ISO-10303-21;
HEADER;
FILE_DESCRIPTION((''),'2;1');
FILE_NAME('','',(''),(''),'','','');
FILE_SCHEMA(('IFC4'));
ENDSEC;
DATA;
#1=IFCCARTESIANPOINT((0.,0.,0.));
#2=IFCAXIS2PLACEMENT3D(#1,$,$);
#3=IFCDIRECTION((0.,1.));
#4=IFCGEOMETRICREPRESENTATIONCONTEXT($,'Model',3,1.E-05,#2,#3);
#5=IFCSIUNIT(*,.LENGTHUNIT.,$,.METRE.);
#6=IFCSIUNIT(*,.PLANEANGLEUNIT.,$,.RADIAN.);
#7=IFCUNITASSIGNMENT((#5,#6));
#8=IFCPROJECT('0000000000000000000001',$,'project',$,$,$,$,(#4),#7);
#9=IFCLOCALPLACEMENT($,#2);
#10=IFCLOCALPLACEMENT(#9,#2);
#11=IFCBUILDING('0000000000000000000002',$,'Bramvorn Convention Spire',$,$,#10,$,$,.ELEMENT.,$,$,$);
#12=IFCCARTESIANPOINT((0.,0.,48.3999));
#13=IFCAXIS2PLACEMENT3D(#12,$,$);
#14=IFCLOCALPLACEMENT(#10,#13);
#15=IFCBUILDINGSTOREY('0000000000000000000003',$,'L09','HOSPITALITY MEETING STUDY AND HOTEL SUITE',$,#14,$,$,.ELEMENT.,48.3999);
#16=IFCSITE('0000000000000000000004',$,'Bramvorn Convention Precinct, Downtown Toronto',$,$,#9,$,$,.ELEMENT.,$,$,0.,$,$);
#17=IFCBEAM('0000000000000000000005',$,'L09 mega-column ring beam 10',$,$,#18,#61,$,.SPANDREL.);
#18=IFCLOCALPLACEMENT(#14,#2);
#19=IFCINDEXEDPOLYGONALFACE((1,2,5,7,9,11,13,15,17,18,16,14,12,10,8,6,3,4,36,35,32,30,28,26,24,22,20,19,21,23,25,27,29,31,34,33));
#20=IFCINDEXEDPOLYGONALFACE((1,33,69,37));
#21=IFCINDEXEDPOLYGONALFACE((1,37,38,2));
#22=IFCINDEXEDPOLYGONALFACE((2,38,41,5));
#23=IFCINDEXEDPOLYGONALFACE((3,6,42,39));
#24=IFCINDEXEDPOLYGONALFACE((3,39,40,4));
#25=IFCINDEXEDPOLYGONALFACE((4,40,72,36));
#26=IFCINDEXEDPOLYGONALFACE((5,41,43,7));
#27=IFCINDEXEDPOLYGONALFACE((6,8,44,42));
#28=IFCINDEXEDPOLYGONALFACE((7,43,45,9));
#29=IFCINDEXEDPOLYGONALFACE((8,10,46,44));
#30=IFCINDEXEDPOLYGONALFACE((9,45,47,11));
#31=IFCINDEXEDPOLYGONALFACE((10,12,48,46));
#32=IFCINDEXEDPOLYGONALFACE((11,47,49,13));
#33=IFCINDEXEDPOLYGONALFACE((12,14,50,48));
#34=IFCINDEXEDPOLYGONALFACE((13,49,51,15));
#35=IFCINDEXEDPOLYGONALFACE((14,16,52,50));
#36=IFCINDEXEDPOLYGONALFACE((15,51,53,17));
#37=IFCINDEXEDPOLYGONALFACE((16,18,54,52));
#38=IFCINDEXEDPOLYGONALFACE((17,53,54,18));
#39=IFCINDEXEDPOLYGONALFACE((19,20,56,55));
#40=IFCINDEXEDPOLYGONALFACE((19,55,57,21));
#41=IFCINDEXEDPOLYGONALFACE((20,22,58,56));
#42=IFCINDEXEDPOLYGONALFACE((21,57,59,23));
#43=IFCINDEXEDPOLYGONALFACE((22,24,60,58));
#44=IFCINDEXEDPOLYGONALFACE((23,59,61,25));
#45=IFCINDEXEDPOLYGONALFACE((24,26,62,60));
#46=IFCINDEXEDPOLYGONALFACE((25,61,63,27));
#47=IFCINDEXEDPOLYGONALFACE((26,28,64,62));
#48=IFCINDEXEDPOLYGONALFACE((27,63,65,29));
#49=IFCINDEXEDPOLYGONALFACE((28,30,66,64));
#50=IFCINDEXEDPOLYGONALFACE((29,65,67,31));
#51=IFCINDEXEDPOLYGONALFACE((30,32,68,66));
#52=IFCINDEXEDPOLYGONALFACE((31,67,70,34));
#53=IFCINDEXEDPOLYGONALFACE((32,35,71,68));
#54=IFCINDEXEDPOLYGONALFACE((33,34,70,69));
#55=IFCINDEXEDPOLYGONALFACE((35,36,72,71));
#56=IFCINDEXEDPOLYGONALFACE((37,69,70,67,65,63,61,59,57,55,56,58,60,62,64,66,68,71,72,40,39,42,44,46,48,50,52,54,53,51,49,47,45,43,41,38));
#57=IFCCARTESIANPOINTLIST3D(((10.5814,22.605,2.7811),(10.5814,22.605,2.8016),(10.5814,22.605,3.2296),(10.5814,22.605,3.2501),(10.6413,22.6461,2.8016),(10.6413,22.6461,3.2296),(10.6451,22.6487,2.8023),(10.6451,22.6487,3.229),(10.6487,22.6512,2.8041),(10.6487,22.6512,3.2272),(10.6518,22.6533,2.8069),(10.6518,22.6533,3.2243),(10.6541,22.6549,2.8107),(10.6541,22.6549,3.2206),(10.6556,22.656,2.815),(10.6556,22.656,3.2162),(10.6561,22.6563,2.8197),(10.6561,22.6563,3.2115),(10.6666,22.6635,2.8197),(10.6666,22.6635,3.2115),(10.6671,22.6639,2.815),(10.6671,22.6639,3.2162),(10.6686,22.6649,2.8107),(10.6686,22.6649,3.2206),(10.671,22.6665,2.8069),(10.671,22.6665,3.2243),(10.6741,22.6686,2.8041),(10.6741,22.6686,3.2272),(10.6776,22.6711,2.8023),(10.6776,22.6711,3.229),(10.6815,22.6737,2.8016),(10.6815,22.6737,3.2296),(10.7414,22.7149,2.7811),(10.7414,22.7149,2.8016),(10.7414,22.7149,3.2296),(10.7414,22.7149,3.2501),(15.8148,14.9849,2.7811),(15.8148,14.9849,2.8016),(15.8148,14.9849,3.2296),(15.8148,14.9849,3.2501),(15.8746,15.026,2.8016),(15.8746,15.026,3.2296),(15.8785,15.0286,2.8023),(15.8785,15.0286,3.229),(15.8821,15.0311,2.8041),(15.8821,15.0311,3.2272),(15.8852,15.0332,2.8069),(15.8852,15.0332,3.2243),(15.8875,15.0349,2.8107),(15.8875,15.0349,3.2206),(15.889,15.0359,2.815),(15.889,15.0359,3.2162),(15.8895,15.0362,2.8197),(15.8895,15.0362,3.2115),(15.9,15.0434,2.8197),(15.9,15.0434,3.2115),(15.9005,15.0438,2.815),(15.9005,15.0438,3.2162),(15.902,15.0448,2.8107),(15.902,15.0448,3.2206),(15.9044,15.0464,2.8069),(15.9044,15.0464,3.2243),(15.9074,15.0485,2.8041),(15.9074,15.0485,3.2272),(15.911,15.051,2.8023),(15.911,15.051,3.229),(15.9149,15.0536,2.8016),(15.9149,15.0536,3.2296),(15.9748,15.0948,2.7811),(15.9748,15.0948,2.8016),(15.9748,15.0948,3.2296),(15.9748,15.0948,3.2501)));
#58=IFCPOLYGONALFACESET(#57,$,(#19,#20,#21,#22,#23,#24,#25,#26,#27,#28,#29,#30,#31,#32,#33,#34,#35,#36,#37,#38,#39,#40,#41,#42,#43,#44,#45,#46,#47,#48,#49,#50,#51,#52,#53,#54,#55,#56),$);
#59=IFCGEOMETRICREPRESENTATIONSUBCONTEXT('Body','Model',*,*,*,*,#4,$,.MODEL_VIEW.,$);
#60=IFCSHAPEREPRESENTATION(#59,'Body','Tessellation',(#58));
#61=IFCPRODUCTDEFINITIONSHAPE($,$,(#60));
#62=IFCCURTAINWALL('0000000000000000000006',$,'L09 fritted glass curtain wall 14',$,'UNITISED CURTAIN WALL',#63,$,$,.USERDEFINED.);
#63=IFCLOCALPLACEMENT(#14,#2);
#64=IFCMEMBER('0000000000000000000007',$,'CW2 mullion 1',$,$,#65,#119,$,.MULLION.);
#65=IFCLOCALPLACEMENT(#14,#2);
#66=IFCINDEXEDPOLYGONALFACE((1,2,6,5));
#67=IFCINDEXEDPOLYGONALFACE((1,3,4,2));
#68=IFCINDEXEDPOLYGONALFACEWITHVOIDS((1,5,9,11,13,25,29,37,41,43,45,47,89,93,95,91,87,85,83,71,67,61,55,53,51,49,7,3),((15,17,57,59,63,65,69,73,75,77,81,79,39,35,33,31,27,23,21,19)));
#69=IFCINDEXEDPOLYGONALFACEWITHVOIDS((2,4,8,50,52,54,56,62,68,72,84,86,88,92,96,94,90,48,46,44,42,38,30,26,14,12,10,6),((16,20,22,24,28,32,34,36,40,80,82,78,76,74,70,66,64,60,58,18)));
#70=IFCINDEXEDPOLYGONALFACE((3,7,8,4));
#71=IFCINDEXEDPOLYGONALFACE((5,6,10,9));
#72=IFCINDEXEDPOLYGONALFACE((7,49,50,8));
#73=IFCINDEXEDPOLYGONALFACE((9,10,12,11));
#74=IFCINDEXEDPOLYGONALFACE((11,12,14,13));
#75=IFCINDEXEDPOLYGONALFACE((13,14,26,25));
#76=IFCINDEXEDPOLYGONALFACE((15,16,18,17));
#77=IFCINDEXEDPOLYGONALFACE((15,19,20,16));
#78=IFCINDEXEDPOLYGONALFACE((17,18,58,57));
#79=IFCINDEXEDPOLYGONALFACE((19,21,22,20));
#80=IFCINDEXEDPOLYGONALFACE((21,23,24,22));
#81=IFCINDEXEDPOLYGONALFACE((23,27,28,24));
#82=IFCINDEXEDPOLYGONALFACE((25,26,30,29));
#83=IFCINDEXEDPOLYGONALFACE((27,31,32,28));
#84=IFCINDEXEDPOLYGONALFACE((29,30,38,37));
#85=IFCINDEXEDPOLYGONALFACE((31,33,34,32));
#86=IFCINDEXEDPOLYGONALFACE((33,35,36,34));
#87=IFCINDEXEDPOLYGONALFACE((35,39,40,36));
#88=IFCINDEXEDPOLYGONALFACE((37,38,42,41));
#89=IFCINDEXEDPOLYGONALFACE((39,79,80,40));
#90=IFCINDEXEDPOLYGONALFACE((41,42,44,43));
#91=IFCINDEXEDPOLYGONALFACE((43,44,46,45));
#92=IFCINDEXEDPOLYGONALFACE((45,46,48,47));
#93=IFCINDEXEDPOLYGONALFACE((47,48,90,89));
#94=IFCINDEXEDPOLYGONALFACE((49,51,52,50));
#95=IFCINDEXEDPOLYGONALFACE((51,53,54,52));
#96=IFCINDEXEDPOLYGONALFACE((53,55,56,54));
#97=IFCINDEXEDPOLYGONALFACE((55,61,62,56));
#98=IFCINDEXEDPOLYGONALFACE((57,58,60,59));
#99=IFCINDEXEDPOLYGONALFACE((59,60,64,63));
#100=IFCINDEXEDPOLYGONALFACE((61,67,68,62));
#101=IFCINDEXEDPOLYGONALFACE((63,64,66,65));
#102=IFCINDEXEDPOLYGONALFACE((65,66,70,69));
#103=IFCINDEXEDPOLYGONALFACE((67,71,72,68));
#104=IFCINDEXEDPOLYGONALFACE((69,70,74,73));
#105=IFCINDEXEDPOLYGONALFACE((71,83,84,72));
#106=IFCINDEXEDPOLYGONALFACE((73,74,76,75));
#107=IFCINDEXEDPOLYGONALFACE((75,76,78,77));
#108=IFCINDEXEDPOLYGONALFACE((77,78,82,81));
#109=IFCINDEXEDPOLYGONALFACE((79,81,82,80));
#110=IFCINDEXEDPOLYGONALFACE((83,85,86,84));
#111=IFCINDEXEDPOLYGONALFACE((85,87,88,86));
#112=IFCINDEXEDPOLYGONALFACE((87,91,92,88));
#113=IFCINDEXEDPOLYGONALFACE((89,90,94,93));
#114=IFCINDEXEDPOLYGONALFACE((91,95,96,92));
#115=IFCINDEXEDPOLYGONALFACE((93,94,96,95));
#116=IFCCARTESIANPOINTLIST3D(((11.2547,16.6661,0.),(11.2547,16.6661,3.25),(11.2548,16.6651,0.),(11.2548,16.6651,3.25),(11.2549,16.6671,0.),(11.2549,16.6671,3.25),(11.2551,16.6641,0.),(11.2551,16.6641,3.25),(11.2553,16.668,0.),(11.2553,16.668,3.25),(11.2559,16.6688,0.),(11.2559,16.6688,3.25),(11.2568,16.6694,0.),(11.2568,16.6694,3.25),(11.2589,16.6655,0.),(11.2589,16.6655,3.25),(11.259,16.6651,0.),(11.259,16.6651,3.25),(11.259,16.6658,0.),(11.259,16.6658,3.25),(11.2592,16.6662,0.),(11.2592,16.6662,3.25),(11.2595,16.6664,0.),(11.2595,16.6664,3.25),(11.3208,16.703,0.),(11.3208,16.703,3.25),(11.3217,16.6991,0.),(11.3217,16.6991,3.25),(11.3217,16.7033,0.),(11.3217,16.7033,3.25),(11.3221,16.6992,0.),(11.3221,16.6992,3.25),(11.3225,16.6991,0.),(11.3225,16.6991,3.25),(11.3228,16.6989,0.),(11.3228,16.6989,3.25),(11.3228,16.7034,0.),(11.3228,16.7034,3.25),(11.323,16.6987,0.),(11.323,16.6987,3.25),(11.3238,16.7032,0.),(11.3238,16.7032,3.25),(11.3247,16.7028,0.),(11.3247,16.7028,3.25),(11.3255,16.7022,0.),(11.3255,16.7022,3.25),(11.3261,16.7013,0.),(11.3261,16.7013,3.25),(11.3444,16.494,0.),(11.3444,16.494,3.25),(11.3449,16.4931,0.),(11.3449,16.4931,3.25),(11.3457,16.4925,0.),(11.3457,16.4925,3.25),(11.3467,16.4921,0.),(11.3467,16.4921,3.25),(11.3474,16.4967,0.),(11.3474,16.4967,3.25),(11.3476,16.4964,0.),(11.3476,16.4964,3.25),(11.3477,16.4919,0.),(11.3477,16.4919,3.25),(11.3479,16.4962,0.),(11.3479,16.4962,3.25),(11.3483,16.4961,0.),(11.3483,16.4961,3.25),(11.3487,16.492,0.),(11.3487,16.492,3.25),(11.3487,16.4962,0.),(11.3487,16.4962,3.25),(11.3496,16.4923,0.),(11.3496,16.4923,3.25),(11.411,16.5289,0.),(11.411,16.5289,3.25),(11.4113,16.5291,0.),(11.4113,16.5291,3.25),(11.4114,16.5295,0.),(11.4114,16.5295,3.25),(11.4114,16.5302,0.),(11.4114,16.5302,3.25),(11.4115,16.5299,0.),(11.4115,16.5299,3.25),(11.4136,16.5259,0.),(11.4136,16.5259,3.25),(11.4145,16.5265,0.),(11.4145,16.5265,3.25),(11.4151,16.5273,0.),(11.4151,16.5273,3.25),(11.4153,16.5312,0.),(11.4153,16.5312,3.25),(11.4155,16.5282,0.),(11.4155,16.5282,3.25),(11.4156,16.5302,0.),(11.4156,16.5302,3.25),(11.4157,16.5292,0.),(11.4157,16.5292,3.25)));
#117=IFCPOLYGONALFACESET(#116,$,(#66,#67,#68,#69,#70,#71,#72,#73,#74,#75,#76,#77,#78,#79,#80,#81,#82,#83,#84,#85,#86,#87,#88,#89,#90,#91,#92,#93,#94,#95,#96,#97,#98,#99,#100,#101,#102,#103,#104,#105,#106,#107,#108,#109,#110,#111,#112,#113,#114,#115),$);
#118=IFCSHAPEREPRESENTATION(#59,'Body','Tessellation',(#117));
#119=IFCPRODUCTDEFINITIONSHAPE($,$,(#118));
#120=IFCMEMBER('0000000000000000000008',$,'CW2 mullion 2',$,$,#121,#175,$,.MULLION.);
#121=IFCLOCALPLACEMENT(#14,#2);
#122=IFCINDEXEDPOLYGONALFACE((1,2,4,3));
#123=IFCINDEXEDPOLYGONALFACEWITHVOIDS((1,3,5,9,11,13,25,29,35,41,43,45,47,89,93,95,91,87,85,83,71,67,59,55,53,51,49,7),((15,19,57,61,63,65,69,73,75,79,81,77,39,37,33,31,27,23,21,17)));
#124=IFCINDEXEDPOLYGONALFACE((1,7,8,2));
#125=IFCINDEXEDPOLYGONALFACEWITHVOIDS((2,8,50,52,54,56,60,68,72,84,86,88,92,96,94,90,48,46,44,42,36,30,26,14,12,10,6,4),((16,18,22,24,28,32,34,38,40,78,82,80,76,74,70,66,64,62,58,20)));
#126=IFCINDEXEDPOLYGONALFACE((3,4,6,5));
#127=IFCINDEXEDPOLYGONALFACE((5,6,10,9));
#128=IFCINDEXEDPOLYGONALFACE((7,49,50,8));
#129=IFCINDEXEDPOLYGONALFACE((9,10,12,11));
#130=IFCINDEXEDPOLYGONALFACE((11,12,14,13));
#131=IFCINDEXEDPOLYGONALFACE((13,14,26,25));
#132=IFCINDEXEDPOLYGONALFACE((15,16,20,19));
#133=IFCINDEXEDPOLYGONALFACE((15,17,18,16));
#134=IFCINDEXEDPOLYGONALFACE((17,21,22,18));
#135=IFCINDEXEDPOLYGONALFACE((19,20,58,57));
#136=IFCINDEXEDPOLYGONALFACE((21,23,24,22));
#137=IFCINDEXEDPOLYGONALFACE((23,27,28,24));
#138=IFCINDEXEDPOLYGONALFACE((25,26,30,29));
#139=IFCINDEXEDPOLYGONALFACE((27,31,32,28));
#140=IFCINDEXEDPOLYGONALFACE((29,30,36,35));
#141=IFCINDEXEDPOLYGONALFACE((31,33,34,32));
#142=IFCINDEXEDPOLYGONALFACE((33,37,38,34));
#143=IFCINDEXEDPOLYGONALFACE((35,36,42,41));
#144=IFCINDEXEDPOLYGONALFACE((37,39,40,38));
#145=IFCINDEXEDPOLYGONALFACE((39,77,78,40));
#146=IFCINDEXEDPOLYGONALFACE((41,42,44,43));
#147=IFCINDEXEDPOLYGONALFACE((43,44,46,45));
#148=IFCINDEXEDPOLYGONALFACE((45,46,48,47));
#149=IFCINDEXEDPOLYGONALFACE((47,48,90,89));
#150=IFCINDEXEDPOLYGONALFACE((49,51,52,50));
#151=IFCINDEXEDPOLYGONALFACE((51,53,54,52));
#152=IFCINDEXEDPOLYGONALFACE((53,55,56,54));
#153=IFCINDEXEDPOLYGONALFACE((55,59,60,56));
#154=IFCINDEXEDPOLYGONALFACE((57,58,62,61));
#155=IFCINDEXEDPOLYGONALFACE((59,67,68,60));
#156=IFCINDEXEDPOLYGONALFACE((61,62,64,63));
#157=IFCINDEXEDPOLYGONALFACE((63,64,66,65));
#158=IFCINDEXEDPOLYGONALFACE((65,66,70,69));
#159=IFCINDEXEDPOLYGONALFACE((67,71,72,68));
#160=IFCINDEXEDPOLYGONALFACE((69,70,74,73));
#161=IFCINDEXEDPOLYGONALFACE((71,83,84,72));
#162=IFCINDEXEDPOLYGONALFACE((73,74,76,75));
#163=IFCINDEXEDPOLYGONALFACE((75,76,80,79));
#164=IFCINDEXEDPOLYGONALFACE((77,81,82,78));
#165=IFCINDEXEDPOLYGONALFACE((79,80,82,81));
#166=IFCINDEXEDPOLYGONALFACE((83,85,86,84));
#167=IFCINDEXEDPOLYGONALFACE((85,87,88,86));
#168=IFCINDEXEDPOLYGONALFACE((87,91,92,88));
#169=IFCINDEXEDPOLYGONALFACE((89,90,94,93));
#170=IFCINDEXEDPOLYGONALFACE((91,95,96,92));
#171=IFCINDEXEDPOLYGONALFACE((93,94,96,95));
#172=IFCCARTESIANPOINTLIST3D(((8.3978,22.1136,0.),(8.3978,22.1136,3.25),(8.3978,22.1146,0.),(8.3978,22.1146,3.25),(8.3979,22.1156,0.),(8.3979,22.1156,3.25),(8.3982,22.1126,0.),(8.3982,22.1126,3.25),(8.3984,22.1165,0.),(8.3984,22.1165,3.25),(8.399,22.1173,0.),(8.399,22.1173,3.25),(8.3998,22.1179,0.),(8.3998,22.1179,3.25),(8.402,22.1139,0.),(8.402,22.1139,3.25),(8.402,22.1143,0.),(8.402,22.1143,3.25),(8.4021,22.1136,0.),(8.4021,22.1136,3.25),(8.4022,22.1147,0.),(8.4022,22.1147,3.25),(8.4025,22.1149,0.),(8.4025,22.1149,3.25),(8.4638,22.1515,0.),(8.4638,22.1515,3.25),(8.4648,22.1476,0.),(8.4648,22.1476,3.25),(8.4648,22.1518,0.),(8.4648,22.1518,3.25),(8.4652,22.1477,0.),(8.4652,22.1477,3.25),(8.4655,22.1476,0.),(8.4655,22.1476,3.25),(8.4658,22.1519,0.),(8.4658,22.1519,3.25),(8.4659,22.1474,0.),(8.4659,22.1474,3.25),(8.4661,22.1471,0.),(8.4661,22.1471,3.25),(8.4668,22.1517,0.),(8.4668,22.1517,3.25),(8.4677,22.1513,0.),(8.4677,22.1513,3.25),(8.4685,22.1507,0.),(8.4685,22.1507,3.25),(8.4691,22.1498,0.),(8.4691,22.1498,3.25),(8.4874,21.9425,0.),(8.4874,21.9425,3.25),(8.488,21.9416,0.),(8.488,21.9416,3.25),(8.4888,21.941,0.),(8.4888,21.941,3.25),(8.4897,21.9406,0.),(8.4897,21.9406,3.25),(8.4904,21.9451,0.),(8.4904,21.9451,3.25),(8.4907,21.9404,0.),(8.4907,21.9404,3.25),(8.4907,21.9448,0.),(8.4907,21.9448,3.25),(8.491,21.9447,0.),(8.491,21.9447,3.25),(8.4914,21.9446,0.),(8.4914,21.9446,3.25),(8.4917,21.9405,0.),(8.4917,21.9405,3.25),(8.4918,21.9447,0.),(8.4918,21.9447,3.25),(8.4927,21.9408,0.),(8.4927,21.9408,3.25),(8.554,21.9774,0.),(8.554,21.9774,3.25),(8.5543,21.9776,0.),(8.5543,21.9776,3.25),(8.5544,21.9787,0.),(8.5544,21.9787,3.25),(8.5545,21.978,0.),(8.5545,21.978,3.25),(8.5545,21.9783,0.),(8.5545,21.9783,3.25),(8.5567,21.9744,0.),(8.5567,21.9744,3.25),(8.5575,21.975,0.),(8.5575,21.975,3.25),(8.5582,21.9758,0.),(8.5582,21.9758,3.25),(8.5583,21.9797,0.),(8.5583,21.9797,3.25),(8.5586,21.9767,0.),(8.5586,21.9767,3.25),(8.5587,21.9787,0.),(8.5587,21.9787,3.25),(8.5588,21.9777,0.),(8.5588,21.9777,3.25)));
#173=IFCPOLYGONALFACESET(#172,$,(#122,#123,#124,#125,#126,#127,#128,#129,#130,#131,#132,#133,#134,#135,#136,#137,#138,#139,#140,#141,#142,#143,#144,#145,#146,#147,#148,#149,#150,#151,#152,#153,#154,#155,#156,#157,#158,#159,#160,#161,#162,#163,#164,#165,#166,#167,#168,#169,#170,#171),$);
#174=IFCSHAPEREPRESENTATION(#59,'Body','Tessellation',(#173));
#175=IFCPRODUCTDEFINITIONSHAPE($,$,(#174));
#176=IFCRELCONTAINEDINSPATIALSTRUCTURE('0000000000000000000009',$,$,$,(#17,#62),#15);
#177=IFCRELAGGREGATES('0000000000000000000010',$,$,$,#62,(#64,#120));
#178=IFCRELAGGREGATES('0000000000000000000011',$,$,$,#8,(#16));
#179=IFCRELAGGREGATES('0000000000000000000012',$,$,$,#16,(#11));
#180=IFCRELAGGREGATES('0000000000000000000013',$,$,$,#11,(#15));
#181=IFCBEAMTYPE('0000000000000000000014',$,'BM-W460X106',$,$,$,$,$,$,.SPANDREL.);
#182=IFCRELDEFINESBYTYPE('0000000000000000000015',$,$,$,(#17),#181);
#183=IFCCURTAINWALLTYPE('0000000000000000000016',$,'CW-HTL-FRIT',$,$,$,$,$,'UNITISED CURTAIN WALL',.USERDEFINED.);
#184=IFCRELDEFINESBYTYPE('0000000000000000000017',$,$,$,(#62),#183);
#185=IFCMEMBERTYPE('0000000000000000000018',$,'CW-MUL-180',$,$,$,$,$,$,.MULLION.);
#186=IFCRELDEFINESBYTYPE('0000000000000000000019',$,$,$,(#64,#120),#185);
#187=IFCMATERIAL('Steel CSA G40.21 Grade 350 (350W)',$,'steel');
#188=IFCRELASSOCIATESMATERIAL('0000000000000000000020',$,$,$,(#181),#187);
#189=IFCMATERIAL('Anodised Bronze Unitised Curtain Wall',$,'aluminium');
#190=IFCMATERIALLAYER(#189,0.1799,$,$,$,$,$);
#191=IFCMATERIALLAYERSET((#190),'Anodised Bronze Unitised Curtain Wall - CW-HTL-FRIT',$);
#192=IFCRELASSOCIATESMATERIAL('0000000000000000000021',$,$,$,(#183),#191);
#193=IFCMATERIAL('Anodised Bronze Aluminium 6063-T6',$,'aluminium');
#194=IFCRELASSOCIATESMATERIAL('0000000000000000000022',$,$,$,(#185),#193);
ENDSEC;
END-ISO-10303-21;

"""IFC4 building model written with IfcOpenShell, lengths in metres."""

from ifc_helpers import new_model, si_unit, direction, frame, origin, origin_2d, place, context, subcontext, project, spatial, hollow_rectangle, i_section, extrude, material, layer, layer_set, material_profile, profile_set, type_object, element, aggregate, save


model = new_model("IFC4")

# Units and contexts
model_context = context("Model", 3, precision=1e-05, world=origin(), true_north=direction((0.0, 1.0)))
body_context = subcontext(model_context, "Body", "Model", "MODEL_VIEW")
ifc_project = project(units=[si_unit("LENGTHUNIT", "METRE"), si_unit("PLANEANGLEUNIT", "RADIAN")], contexts=[model_context])

# Site, building, storey
site_placement = place(None, origin())
site = spatial("IfcSite", under=ifc_project, at=site_placement, Name="Bramvorn Convention Precinct, Downtown Toronto", CompositionType="ELEMENT", RefElevation=0.0)
building_placement = place(site_placement, origin())
building = spatial("IfcBuilding", under=site, at=building_placement, Name="Bramvorn Convention Spire", CompositionType="ELEMENT")
storey_placement = place(building_placement, frame((0.0, 0.0, 48.3999)))
storey = spatial("IfcBuildingStorey", under=building, at=storey_placement, Name="L09", Description="HOSPITALITY MEETING STUDY AND HOTEL SUITE", CompositionType="ELEMENT", Elevation=48.3999)

# Shared definitions
ifc_material_1 = material(Name="Steel CSA G40.21 Grade 350 (350W)", Category="steel")

# Beam
ifc_material_profile_1 = material_profile(ifc_material_1, i_section(OverallWidth=0.1941, OverallDepth=0.469, WebThickness=0.0127, FlangeThickness=0.0205, FilletRadius=0.0181, at=origin_2d()))
ifc_profile_set_1 = profile_set([ifc_material_profile_1], Name="Steel CSA G40.21 Grade 350 (350W) - W460X106")
beam_type_1 = type_object("IfcBeamType", Name="BM-W460X106", PredefinedType="SPANDREL", material=ifc_profile_set_1)
beam_1_placement = place(storey_placement, frame((10.6614, 22.6599, 3.0156), z_axis=(0.56613, -0.824316, 0.0), x_axis=(0.824316, 0.56613, 0.0)))
element("IfcBeam", 1, at=beam_1_placement, inside=storey, type_object=beam_type_1, Name="L09 mega-column ring beam 10", PredefinedType="SPANDREL", context=body_context, shape_type="SweptSolid", body=[
    extrude(i_section(OverallWidth=0.1941, OverallDepth=0.469, WebThickness=0.0127, FlangeThickness=0.0205, FilletRadius=0.0181, at=origin_2d()), origin(), (0.0, 0.0, 1.0), 9.2441),
])

# Curtain wall, members
ifc_material_2 = material(Name="Anodised Bronze Unitised Curtain Wall", Category="aluminium")
ifc_layer_1 = layer(ifc_material_2, 0.1799)
ifc_layer_set_1 = layer_set([ifc_layer_1], Name="Anodised Bronze Unitised Curtain Wall - CW-HTL-FRIT")
curtain_wall_type = type_object("IfcCurtainWallType", Name="CW-HTL-FRIT", ElementType="UNITISED CURTAIN WALL", PredefinedType="USERDEFINED", material=ifc_layer_set_1)
curtain_wall_1_placement = place(storey_placement, origin())
curtain_wall_1 = element("IfcCurtainWall", 2, at=curtain_wall_1_placement, inside=storey, type_object=curtain_wall_type, Name="L09 fritted glass curtain wall 14", ObjectType="UNITISED CURTAIN WALL", PredefinedType="USERDEFINED")
ifc_material_3 = material(Name="Anodised Bronze Aluminium 6063-T6", Category="aluminium")
ifc_material_profile_2 = material_profile(ifc_material_3, hollow_rectangle(XDim=0.0801, YDim=0.2, WallThickness=0.0039, InnerFilletRadius=0.001, OuterFilletRadius=0.0039, at=origin_2d()))
ifc_profile_set_2 = profile_set([ifc_material_profile_2], Name="Anodised Bronze Aluminium 6063-T6 - CWM80X200")
member_type_1 = type_object("IfcMemberType", Name="CW-MUL-180", PredefinedType="MULLION", material=ifc_profile_set_2)
member_1_placement = place(storey_placement, frame((11.3352, 16.5977, 0.0), z_axis=(0.0, 0.0, 1.0), x_axis=(-0.885629, -0.464394, 0.0)))
member_1 = element("IfcMember", 3, at=member_1_placement, type_object=member_type_1, Name="CW2 mullion 1", PredefinedType="MULLION", context=body_context, shape_type="SweptSolid", body=[
    extrude(hollow_rectangle(XDim=0.0801, YDim=0.2, WallThickness=0.0039, InnerFilletRadius=0.001, OuterFilletRadius=0.0039, at=origin_2d()), origin(), (0.0, 0.0, 1.0), 3.25),
])
member_2_placement = place(storey_placement, frame((8.4783, 22.0461, 0.0), z_axis=(0.0, 0.0, 1.0), x_axis=(-0.885629, -0.464394, 0.0)))
member_2 = element("IfcMember", 4, at=member_2_placement, type_object=member_type_1, Name="CW2 mullion 2", PredefinedType="MULLION", context=body_context, shape_type="SweptSolid", body=[
    extrude(hollow_rectangle(XDim=0.0801, YDim=0.2, WallThickness=0.0039, InnerFilletRadius=0.001, OuterFilletRadius=0.0039, at=origin_2d()), origin(), (0.0, 0.0, 1.0), 3.25),
])

aggregate(curtain_wall_1, [member_1, member_2])

save(model, "model.ifc")
